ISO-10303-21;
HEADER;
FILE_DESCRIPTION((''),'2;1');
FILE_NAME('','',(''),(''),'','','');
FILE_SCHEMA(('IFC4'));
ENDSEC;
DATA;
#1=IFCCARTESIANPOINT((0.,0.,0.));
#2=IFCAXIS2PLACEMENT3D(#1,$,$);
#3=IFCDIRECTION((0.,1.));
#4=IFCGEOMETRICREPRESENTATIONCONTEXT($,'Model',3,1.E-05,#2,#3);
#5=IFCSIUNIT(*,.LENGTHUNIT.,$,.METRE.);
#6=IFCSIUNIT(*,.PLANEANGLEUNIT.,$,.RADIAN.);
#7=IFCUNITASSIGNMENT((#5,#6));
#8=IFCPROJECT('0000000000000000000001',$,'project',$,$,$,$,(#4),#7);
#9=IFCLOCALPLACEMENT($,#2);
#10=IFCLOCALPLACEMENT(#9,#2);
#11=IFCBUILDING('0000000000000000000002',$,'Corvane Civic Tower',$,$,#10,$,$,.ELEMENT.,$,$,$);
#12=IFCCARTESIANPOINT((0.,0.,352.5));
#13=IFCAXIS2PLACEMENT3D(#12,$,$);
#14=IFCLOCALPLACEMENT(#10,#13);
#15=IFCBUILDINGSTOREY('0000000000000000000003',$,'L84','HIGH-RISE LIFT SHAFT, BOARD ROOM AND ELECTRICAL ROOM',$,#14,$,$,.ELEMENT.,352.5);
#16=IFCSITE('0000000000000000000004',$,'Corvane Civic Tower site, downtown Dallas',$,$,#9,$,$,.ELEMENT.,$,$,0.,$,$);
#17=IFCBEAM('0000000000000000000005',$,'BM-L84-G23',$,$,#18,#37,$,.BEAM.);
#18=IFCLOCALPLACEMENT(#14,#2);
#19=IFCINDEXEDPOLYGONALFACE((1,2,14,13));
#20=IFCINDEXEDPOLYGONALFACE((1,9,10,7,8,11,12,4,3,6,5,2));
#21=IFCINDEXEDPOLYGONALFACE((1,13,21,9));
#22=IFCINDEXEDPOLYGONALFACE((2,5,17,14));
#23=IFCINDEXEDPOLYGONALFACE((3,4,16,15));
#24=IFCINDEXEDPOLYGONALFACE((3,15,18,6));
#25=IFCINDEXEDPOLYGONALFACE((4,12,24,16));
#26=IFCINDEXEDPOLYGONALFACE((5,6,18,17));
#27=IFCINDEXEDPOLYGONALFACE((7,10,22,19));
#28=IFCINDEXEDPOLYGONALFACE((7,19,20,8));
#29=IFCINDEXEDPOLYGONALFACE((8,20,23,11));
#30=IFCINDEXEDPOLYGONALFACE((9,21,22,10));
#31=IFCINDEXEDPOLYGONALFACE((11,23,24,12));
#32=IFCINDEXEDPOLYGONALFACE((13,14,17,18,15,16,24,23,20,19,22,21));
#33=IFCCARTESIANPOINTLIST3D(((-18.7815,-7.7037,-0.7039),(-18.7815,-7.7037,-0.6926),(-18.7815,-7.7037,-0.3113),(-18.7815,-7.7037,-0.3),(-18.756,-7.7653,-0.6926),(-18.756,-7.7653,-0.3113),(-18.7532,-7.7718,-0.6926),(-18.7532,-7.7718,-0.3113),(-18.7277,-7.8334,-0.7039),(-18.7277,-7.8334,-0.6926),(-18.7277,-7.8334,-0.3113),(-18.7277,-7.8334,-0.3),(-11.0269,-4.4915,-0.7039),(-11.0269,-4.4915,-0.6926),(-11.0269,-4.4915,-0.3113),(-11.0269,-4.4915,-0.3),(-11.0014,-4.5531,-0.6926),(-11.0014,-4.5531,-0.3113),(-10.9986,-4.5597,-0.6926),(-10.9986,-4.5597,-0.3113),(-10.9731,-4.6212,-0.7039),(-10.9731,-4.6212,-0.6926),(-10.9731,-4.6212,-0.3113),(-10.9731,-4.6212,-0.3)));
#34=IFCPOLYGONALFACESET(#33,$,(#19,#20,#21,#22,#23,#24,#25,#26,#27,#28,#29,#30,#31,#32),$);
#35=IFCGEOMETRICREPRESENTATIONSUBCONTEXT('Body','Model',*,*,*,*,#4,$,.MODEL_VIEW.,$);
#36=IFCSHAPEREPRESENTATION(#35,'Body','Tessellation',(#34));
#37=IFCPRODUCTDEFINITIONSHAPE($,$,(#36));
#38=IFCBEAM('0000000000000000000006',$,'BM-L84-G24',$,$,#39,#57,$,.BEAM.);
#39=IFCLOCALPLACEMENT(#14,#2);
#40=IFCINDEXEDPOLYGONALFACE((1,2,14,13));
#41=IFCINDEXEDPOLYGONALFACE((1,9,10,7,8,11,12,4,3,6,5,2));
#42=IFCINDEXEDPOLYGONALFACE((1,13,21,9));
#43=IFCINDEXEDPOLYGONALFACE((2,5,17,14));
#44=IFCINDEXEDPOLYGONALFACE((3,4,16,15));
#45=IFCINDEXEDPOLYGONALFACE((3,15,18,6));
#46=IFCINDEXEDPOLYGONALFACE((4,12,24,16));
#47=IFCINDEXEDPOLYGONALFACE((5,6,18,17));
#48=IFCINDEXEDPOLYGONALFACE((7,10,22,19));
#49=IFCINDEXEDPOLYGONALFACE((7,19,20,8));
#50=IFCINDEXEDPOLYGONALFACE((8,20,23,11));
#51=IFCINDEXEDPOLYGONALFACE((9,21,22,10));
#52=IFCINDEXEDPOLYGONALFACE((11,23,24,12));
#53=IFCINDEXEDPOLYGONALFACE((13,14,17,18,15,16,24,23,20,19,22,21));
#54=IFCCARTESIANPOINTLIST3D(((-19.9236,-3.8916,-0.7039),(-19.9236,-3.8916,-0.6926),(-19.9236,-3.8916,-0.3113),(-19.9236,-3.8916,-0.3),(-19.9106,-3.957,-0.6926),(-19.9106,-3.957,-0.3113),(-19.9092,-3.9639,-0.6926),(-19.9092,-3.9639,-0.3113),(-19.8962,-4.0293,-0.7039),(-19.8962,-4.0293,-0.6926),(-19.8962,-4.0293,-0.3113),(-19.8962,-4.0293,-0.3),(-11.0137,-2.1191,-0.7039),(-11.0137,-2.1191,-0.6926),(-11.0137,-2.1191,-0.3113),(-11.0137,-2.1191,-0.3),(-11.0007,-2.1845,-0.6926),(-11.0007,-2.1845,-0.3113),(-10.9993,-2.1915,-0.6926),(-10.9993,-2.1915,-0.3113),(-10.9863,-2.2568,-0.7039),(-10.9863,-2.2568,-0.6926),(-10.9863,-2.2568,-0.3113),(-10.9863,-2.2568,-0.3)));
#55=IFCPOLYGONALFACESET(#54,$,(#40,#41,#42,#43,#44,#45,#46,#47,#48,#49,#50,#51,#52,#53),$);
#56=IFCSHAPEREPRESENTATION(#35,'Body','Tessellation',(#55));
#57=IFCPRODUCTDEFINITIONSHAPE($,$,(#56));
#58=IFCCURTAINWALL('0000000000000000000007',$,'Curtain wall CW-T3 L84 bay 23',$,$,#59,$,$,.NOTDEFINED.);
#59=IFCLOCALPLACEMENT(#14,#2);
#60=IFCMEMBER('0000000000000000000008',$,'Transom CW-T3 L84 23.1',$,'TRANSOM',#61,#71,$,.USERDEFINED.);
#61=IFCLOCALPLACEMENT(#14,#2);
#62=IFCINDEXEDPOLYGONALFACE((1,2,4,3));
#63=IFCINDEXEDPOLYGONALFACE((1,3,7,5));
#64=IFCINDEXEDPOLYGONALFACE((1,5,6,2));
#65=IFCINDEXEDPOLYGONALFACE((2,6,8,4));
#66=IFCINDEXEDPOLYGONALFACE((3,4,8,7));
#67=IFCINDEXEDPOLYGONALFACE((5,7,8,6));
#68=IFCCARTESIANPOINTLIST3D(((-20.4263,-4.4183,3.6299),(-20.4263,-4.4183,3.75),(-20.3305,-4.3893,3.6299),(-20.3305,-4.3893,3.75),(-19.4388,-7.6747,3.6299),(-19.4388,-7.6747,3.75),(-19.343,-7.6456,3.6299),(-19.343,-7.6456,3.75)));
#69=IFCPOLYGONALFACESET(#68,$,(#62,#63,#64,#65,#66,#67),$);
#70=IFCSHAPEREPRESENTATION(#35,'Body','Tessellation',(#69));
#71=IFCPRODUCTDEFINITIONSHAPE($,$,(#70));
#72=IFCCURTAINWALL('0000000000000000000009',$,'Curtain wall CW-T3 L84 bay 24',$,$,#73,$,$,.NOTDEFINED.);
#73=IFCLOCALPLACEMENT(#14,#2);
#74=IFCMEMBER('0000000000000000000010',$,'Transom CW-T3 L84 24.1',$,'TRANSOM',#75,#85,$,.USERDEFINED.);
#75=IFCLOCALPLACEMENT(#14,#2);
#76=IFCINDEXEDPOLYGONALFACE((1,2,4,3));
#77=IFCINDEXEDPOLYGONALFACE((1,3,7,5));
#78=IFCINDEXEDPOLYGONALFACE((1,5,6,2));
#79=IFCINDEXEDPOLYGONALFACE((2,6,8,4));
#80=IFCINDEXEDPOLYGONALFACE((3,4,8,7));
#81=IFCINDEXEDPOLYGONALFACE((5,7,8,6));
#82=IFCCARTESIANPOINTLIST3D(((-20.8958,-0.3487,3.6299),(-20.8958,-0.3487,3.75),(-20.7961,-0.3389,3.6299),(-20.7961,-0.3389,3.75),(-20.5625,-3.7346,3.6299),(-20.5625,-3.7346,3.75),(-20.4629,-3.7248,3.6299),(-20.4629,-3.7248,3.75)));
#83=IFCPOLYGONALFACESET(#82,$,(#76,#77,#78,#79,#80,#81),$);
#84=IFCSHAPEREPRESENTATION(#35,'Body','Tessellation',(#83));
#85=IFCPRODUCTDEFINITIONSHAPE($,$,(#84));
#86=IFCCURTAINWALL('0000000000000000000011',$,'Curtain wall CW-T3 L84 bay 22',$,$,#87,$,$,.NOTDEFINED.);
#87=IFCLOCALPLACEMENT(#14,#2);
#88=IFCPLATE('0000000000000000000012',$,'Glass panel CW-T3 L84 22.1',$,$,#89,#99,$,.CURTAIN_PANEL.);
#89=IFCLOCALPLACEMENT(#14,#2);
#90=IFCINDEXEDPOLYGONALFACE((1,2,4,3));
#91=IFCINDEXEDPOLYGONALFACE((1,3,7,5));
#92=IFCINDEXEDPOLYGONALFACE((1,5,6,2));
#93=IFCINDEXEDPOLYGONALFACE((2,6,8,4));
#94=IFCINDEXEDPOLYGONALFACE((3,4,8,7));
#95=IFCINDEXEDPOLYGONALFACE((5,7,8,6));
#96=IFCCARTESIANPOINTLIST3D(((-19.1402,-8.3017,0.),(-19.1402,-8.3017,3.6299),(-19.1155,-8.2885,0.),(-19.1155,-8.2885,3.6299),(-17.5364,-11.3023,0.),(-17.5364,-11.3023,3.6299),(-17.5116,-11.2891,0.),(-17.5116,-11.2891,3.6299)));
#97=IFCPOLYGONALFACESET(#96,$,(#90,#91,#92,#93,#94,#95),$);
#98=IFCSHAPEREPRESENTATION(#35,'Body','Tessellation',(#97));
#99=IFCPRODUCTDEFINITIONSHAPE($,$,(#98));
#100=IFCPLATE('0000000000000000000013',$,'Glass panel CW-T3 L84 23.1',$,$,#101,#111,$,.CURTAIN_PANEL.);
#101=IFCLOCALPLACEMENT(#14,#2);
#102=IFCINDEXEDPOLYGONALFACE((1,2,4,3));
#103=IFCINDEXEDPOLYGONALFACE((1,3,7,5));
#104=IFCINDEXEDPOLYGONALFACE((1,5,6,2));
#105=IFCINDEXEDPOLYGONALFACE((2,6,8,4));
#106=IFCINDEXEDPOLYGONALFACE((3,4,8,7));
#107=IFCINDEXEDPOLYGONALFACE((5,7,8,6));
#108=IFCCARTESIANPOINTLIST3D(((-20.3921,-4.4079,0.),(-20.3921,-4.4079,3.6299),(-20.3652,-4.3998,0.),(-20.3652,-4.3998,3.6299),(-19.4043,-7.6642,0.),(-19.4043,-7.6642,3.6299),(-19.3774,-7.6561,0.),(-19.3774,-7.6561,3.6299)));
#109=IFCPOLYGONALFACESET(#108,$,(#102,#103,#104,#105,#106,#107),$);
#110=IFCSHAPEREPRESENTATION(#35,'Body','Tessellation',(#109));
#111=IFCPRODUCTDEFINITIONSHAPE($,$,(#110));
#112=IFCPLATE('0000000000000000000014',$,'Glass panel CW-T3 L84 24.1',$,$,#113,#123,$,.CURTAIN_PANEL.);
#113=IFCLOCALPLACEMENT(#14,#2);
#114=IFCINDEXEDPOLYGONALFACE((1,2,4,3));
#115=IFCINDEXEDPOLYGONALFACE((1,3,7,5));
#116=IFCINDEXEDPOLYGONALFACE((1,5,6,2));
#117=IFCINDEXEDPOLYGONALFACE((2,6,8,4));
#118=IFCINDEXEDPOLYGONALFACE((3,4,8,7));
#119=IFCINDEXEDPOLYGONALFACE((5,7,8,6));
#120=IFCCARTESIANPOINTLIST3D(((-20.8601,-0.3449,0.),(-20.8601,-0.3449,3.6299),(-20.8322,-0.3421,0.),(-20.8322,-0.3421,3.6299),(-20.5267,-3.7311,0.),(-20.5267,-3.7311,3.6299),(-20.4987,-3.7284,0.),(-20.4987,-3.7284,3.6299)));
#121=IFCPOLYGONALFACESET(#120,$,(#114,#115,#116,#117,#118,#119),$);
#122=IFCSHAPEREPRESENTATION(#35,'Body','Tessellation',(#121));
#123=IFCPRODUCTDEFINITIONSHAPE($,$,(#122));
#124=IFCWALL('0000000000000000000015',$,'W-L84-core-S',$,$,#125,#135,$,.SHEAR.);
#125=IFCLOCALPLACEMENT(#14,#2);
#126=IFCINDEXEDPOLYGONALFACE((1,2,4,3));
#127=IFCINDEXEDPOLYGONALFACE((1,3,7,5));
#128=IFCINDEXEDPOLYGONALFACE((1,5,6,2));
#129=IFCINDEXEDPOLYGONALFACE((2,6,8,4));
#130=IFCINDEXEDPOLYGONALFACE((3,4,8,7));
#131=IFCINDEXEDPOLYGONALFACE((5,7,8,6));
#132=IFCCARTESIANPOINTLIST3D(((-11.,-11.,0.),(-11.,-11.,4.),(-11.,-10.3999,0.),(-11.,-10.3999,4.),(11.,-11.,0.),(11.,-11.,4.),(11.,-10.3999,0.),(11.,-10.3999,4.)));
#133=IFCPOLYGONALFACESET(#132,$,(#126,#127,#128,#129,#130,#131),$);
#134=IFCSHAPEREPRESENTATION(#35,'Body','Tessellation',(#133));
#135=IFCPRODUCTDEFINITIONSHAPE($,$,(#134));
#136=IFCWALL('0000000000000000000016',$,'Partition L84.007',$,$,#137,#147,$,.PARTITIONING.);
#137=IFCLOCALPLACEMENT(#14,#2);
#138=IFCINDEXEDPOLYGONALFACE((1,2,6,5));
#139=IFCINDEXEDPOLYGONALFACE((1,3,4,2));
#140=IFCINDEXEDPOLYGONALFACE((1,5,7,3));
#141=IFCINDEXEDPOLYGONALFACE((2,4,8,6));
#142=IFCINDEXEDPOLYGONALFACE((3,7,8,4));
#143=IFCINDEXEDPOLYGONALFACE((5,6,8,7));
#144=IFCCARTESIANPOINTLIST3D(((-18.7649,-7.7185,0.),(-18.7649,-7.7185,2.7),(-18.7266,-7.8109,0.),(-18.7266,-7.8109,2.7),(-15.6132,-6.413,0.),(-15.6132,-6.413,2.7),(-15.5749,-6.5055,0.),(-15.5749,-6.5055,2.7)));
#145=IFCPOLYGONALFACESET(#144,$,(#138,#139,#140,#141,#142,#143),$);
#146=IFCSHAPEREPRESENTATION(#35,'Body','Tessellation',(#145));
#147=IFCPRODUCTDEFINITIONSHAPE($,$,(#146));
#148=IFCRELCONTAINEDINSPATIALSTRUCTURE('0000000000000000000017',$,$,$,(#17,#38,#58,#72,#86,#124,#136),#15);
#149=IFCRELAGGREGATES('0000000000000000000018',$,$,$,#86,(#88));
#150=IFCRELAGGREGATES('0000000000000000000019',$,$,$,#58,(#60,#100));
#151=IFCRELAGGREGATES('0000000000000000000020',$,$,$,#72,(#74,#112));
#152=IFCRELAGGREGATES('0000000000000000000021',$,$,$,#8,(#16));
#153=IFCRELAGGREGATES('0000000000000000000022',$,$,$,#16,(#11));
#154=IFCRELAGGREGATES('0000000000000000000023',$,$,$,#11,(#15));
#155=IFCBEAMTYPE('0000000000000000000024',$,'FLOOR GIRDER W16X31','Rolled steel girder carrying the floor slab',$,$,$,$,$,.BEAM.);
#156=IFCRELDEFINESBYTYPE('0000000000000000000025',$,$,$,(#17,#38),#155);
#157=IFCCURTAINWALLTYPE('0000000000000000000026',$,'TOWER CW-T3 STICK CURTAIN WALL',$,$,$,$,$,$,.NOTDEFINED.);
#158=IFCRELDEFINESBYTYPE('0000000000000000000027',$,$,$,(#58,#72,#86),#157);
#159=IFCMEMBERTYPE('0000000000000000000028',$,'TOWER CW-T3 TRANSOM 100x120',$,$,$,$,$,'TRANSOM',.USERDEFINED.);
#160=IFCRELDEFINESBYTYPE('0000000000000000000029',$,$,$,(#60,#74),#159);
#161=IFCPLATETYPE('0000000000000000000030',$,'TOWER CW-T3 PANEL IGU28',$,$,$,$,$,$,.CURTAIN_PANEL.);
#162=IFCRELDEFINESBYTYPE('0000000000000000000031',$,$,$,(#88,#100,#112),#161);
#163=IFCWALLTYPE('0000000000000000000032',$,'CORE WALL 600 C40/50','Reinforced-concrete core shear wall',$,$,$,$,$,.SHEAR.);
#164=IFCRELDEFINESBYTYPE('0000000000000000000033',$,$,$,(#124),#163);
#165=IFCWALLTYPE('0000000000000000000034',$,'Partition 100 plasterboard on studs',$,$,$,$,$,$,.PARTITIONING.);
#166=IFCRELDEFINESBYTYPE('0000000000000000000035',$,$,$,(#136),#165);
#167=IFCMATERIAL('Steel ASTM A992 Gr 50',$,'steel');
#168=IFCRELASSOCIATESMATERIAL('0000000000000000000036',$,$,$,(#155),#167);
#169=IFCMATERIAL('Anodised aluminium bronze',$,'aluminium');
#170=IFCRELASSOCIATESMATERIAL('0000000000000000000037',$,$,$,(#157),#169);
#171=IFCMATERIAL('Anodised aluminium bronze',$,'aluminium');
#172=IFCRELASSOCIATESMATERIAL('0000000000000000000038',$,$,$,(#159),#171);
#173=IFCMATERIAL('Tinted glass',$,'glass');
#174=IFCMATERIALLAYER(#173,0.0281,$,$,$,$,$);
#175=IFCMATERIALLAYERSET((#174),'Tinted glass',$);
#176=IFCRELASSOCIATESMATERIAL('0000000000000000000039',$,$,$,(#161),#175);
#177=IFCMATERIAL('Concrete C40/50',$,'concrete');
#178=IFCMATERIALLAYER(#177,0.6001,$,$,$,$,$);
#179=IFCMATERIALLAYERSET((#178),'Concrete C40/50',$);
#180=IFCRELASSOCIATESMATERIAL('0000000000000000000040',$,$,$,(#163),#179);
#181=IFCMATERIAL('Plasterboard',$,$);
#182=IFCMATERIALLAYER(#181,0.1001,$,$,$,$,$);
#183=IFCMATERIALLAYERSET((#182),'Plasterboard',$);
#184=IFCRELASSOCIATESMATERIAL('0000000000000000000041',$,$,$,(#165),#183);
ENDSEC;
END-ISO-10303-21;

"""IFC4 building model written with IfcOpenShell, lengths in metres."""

from ifc_helpers import new_model, si_unit, direction, frame, frame_2d, origin, origin_2d, place, context, subcontext, project, spatial, rectangle, i_section, extrude, material, layer, layer_set, material_profile, profile_set, type_object, element, aggregate, save


model = new_model("IFC4")

# Units and contexts
model_context = context("Model", 3, precision=1e-05, world=origin(), true_north=direction((0.0, 1.0)))
body_context = subcontext(model_context, "Body", "Model", "MODEL_VIEW")
ifc_project = project(units=[si_unit("LENGTHUNIT", "METRE"), si_unit("PLANEANGLEUNIT", "RADIAN")], contexts=[model_context])

# Site, building, storey
site_placement = place(None, origin())
site = spatial("IfcSite", under=ifc_project, at=site_placement, Name="Corvane Civic Tower site, downtown Dallas", CompositionType="ELEMENT", RefElevation=0.0)
building_placement = place(site_placement, origin())
building = spatial("IfcBuilding", under=site, at=building_placement, Name="Corvane Civic Tower", CompositionType="ELEMENT")
storey_placement = place(building_placement, frame((0.0, 0.0, 352.5)))
storey = spatial("IfcBuildingStorey", under=building, at=storey_placement, Name="L84", Description="HIGH-RISE LIFT SHAFT, BOARD ROOM AND ELECTRICAL ROOM", CompositionType="ELEMENT", Elevation=352.5)

# Beams
ifc_material_1 = material(Name="Steel ASTM A992 Gr 50", Category="steel")
ifc_material_profile_1 = material_profile(ifc_material_1, i_section(OverallWidth=0.1404, OverallDepth=0.4038, WebThickness=0.0071, FlangeThickness=0.0112, at=origin_2d()), Name="W16X31")
ifc_profile_set_1 = profile_set([ifc_material_profile_1], Name="Steel ASTM A992 Gr 50")
beam_type_1 = type_object("IfcBeamType", Name="FLOOR GIRDER W16X31", Description="Rolled steel girder carrying the floor slab", PredefinedType="BEAM", material=ifc_profile_set_1)
beam_1_placement = place(storey_placement, frame((-11.0, -4.5564, -0.502), z_axis=(-0.923876, -0.382692, 0.0), x_axis=(0.382692, -0.923876, 0.0)))
element("IfcBeam", 1, at=beam_1_placement, inside=storey, type_object=beam_type_1, Name="BM-L84-G23", PredefinedType="BEAM", context=body_context, shape_type="SweptSolid", body=[
    extrude(i_section(OverallWidth=0.1404, OverallDepth=0.4038, WebThickness=0.0071, FlangeThickness=0.0112, at=origin_2d()), origin(), (0.0, 0.0, 1.0), 8.3936),
])
beam_2_placement = place(storey_placement, frame((-11.0, -2.188, -0.502), z_axis=(-0.980782, -0.195108, 0.0), x_axis=(0.195108, -0.980782, 0.0)))
element("IfcBeam", 2, at=beam_2_placement, inside=storey, type_object=beam_type_1, Name="BM-L84-G24", PredefinedType="BEAM", context=body_context, shape_type="SweptSolid", body=[
    extrude(i_section(OverallWidth=0.1404, OverallDepth=0.4038, WebThickness=0.0071, FlangeThickness=0.0112, at=origin_2d()), origin(), (0.0, 0.0, 1.0), 9.0845),
])

# Curtain walls, members
ifc_material_2 = material(Name="Anodised aluminium bronze", Category="aluminium")
curtain_wall_type = type_object("IfcCurtainWallType", Name="TOWER CW-T3 STICK CURTAIN WALL", PredefinedType="NOTDEFINED", material=ifc_material_2)
curtain_wall_1_placement = place(storey_placement, origin())
curtain_wall_1 = element("IfcCurtainWall", 3, at=curtain_wall_1_placement, inside=storey, type_object=curtain_wall_type, Name="Curtain wall CW-T3 L84 bay 23", PredefinedType="NOTDEFINED")
ifc_material_3 = material(Name="Anodised aluminium bronze", Category="aluminium")
ifc_material_profile_2 = material_profile(ifc_material_3, rectangle(XDim=0.1001, YDim=0.1201, at=origin_2d()), Name="TOWER CW-T3 TRANSOM 100x120")
ifc_profile_set_2 = profile_set([ifc_material_profile_2], Name="Anodised aluminium bronze")
member_type = type_object("IfcMemberType", Name="TOWER CW-T3 TRANSOM 100x120", ElementType="TRANSOM", PredefinedType="USERDEFINED", material=ifc_profile_set_2)
member_1_placement = place(storey_placement, frame((-19.3909, -7.6602, 3.6899), z_axis=(-0.290216, 0.956961, 0.0), x_axis=(-0.956961, -0.290216, 0.0)))
member_1 = element("IfcMember", 4, at=member_1_placement, type_object=member_type, Name="Transom CW-T3 L84 23.1", ObjectType="TRANSOM", PredefinedType="USERDEFINED", context=body_context, shape_type="SweptSolid", body=[
    extrude(rectangle(XDim=0.1001, YDim=0.1201, at=origin_2d()), origin(), (0.0, 0.0, 1.0), 3.4028),
])
curtain_wall_2_placement = place(storey_placement, origin())
curtain_wall_2 = element("IfcCurtainWall", 5, at=curtain_wall_2_placement, inside=storey, type_object=curtain_wall_type, Name="Curtain wall CW-T3 L84 bay 24", PredefinedType="NOTDEFINED")
member_2_placement = place(storey_placement, frame((-20.5127, -3.7297, 3.6899), z_axis=(-0.097948, 0.995192, 0.0), x_axis=(-0.995192, -0.097948, 0.0)))
member_2 = element("IfcMember", 6, at=member_2_placement, type_object=member_type, Name="Transom CW-T3 L84 24.1", ObjectType="TRANSOM", PredefinedType="USERDEFINED", context=body_context, shape_type="SweptSolid", body=[
    extrude(rectangle(XDim=0.1001, YDim=0.1201, at=origin_2d()), origin(), (0.0, 0.0, 1.0), 3.4023),
])

# Curtain wall, plate
curtain_wall_3_placement = place(storey_placement, origin())
curtain_wall_3 = element("IfcCurtainWall", 7, at=curtain_wall_3_placement, inside=storey, type_object=curtain_wall_type, Name="Curtain wall CW-T3 L84 bay 22", PredefinedType="NOTDEFINED")
ifc_material_4 = material(Name="Tinted glass", Category="glass")
ifc_layer_1 = layer(ifc_material_4, 0.0281)
ifc_layer_set_1 = layer_set([ifc_layer_1], Name="Tinted glass")
plate_type = type_object("IfcPlateType", Name="TOWER CW-T3 PANEL IGU28", PredefinedType="CURTAIN_PANEL", material=ifc_layer_set_1)
plate_1_placement = place(storey_placement, frame((-18.3259, -9.7954, 0.0), z_axis=(0.0, 0.0, 1.0), x_axis=(-0.471384, 0.881928, 0.0)))
plate_1 = element("IfcPlate", 8, at=plate_1_placement, type_object=plate_type, Name="Glass panel CW-T3 L84 22.1", PredefinedType="CURTAIN_PANEL", context=body_context, shape_type="SweptSolid", body=[
    extrude(rectangle(XDim=3.4023, YDim=0.0281, at=origin_2d()), origin(), (0.0, 0.0, 1.0), 3.6299),
])
aggregate(curtain_wall_3, [plate_1])

# Plates
plate_2_placement = place(storey_placement, frame((-19.8848, -6.032, 0.0), z_axis=(0.0, 0.0, 1.0), x_axis=(-0.29029, 0.956939, 0.0)))
plate_2 = element("IfcPlate", 9, at=plate_2_placement, type_object=plate_type, Name="Glass panel CW-T3 L84 23.1", PredefinedType="CURTAIN_PANEL", context=body_context, shape_type="SweptSolid", body=[
    extrude(rectangle(XDim=3.4028, YDim=0.0281, at=origin_2d()), origin(), (0.0, 0.0, 1.0), 3.6299),
])
aggregate(curtain_wall_1, [member_1, plate_2])
plate_3_placement = place(storey_placement, frame((-20.6794, -2.0366, 0.0), z_axis=(0.0, 0.0, 1.0), x_axis=(-0.097998, 0.995187, 0.0)))
plate_3 = element("IfcPlate", 10, at=plate_3_placement, type_object=plate_type, Name="Glass panel CW-T3 L84 24.1", PredefinedType="CURTAIN_PANEL", context=body_context, shape_type="SweptSolid", body=[
    extrude(rectangle(XDim=3.4026, YDim=0.0281, at=origin_2d()), origin(), (0.0, 0.0, 1.0), 3.6299),
])
aggregate(curtain_wall_2, [member_2, plate_3])

# Walls
ifc_material_5 = material(Name="Concrete C40/50", Category="concrete")
ifc_layer_2 = layer(ifc_material_5, 0.6001)
ifc_layer_set_2 = layer_set([ifc_layer_2], Name="Concrete C40/50")
wall_type_1 = type_object("IfcWallType", Name="CORE WALL 600 C40/50", Description="Reinforced-concrete core shear wall", PredefinedType="SHEAR", material=ifc_layer_set_2)
wall_1_placement = place(storey_placement, frame((-11.0, -10.7, 0.0), z_axis=(0.0, 0.0, 1.0), x_axis=(1.0, 0.0, 0.0)))
element("IfcWall", 11, at=wall_1_placement, inside=storey, type_object=wall_type_1, Name="W-L84-core-S", PredefinedType="SHEAR", context=body_context, shape_type="SweptSolid", body=[
    extrude(rectangle(XDim=22.0, YDim=0.6001, at=frame_2d((11.0, 0.0))), origin(), (0.0, 0.0, 1.0), 4.0),
])
ifc_material_6 = material(Name="Plasterboard")
ifc_layer_3 = layer(ifc_material_6, 0.1001)
ifc_layer_set_3 = layer_set([ifc_layer_3], Name="Plasterboard")
wall_type_2 = type_object("IfcWallType", Name="Partition 100 plasterboard on studs", PredefinedType="PARTITIONING", material=ifc_layer_set_3)
wall_2_placement = place(storey_placement, frame((-18.7456, -7.7646, 0.0), z_axis=(0.0, 0.0, 1.0), x_axis=(0.923882, 0.382678, 0.0)))
element("IfcWall", 12, at=wall_2_placement, inside=storey, type_object=wall_type_2, Name="Partition L84.007", PredefinedType="PARTITIONING", context=body_context, shape_type="SweptSolid", body=[
    extrude(rectangle(XDim=3.4114, YDim=0.1001, at=frame_2d((1.7056, 0.0))), origin(), (0.0, 0.0, 1.0), 2.7),
])

save(model, "model.ifc")
